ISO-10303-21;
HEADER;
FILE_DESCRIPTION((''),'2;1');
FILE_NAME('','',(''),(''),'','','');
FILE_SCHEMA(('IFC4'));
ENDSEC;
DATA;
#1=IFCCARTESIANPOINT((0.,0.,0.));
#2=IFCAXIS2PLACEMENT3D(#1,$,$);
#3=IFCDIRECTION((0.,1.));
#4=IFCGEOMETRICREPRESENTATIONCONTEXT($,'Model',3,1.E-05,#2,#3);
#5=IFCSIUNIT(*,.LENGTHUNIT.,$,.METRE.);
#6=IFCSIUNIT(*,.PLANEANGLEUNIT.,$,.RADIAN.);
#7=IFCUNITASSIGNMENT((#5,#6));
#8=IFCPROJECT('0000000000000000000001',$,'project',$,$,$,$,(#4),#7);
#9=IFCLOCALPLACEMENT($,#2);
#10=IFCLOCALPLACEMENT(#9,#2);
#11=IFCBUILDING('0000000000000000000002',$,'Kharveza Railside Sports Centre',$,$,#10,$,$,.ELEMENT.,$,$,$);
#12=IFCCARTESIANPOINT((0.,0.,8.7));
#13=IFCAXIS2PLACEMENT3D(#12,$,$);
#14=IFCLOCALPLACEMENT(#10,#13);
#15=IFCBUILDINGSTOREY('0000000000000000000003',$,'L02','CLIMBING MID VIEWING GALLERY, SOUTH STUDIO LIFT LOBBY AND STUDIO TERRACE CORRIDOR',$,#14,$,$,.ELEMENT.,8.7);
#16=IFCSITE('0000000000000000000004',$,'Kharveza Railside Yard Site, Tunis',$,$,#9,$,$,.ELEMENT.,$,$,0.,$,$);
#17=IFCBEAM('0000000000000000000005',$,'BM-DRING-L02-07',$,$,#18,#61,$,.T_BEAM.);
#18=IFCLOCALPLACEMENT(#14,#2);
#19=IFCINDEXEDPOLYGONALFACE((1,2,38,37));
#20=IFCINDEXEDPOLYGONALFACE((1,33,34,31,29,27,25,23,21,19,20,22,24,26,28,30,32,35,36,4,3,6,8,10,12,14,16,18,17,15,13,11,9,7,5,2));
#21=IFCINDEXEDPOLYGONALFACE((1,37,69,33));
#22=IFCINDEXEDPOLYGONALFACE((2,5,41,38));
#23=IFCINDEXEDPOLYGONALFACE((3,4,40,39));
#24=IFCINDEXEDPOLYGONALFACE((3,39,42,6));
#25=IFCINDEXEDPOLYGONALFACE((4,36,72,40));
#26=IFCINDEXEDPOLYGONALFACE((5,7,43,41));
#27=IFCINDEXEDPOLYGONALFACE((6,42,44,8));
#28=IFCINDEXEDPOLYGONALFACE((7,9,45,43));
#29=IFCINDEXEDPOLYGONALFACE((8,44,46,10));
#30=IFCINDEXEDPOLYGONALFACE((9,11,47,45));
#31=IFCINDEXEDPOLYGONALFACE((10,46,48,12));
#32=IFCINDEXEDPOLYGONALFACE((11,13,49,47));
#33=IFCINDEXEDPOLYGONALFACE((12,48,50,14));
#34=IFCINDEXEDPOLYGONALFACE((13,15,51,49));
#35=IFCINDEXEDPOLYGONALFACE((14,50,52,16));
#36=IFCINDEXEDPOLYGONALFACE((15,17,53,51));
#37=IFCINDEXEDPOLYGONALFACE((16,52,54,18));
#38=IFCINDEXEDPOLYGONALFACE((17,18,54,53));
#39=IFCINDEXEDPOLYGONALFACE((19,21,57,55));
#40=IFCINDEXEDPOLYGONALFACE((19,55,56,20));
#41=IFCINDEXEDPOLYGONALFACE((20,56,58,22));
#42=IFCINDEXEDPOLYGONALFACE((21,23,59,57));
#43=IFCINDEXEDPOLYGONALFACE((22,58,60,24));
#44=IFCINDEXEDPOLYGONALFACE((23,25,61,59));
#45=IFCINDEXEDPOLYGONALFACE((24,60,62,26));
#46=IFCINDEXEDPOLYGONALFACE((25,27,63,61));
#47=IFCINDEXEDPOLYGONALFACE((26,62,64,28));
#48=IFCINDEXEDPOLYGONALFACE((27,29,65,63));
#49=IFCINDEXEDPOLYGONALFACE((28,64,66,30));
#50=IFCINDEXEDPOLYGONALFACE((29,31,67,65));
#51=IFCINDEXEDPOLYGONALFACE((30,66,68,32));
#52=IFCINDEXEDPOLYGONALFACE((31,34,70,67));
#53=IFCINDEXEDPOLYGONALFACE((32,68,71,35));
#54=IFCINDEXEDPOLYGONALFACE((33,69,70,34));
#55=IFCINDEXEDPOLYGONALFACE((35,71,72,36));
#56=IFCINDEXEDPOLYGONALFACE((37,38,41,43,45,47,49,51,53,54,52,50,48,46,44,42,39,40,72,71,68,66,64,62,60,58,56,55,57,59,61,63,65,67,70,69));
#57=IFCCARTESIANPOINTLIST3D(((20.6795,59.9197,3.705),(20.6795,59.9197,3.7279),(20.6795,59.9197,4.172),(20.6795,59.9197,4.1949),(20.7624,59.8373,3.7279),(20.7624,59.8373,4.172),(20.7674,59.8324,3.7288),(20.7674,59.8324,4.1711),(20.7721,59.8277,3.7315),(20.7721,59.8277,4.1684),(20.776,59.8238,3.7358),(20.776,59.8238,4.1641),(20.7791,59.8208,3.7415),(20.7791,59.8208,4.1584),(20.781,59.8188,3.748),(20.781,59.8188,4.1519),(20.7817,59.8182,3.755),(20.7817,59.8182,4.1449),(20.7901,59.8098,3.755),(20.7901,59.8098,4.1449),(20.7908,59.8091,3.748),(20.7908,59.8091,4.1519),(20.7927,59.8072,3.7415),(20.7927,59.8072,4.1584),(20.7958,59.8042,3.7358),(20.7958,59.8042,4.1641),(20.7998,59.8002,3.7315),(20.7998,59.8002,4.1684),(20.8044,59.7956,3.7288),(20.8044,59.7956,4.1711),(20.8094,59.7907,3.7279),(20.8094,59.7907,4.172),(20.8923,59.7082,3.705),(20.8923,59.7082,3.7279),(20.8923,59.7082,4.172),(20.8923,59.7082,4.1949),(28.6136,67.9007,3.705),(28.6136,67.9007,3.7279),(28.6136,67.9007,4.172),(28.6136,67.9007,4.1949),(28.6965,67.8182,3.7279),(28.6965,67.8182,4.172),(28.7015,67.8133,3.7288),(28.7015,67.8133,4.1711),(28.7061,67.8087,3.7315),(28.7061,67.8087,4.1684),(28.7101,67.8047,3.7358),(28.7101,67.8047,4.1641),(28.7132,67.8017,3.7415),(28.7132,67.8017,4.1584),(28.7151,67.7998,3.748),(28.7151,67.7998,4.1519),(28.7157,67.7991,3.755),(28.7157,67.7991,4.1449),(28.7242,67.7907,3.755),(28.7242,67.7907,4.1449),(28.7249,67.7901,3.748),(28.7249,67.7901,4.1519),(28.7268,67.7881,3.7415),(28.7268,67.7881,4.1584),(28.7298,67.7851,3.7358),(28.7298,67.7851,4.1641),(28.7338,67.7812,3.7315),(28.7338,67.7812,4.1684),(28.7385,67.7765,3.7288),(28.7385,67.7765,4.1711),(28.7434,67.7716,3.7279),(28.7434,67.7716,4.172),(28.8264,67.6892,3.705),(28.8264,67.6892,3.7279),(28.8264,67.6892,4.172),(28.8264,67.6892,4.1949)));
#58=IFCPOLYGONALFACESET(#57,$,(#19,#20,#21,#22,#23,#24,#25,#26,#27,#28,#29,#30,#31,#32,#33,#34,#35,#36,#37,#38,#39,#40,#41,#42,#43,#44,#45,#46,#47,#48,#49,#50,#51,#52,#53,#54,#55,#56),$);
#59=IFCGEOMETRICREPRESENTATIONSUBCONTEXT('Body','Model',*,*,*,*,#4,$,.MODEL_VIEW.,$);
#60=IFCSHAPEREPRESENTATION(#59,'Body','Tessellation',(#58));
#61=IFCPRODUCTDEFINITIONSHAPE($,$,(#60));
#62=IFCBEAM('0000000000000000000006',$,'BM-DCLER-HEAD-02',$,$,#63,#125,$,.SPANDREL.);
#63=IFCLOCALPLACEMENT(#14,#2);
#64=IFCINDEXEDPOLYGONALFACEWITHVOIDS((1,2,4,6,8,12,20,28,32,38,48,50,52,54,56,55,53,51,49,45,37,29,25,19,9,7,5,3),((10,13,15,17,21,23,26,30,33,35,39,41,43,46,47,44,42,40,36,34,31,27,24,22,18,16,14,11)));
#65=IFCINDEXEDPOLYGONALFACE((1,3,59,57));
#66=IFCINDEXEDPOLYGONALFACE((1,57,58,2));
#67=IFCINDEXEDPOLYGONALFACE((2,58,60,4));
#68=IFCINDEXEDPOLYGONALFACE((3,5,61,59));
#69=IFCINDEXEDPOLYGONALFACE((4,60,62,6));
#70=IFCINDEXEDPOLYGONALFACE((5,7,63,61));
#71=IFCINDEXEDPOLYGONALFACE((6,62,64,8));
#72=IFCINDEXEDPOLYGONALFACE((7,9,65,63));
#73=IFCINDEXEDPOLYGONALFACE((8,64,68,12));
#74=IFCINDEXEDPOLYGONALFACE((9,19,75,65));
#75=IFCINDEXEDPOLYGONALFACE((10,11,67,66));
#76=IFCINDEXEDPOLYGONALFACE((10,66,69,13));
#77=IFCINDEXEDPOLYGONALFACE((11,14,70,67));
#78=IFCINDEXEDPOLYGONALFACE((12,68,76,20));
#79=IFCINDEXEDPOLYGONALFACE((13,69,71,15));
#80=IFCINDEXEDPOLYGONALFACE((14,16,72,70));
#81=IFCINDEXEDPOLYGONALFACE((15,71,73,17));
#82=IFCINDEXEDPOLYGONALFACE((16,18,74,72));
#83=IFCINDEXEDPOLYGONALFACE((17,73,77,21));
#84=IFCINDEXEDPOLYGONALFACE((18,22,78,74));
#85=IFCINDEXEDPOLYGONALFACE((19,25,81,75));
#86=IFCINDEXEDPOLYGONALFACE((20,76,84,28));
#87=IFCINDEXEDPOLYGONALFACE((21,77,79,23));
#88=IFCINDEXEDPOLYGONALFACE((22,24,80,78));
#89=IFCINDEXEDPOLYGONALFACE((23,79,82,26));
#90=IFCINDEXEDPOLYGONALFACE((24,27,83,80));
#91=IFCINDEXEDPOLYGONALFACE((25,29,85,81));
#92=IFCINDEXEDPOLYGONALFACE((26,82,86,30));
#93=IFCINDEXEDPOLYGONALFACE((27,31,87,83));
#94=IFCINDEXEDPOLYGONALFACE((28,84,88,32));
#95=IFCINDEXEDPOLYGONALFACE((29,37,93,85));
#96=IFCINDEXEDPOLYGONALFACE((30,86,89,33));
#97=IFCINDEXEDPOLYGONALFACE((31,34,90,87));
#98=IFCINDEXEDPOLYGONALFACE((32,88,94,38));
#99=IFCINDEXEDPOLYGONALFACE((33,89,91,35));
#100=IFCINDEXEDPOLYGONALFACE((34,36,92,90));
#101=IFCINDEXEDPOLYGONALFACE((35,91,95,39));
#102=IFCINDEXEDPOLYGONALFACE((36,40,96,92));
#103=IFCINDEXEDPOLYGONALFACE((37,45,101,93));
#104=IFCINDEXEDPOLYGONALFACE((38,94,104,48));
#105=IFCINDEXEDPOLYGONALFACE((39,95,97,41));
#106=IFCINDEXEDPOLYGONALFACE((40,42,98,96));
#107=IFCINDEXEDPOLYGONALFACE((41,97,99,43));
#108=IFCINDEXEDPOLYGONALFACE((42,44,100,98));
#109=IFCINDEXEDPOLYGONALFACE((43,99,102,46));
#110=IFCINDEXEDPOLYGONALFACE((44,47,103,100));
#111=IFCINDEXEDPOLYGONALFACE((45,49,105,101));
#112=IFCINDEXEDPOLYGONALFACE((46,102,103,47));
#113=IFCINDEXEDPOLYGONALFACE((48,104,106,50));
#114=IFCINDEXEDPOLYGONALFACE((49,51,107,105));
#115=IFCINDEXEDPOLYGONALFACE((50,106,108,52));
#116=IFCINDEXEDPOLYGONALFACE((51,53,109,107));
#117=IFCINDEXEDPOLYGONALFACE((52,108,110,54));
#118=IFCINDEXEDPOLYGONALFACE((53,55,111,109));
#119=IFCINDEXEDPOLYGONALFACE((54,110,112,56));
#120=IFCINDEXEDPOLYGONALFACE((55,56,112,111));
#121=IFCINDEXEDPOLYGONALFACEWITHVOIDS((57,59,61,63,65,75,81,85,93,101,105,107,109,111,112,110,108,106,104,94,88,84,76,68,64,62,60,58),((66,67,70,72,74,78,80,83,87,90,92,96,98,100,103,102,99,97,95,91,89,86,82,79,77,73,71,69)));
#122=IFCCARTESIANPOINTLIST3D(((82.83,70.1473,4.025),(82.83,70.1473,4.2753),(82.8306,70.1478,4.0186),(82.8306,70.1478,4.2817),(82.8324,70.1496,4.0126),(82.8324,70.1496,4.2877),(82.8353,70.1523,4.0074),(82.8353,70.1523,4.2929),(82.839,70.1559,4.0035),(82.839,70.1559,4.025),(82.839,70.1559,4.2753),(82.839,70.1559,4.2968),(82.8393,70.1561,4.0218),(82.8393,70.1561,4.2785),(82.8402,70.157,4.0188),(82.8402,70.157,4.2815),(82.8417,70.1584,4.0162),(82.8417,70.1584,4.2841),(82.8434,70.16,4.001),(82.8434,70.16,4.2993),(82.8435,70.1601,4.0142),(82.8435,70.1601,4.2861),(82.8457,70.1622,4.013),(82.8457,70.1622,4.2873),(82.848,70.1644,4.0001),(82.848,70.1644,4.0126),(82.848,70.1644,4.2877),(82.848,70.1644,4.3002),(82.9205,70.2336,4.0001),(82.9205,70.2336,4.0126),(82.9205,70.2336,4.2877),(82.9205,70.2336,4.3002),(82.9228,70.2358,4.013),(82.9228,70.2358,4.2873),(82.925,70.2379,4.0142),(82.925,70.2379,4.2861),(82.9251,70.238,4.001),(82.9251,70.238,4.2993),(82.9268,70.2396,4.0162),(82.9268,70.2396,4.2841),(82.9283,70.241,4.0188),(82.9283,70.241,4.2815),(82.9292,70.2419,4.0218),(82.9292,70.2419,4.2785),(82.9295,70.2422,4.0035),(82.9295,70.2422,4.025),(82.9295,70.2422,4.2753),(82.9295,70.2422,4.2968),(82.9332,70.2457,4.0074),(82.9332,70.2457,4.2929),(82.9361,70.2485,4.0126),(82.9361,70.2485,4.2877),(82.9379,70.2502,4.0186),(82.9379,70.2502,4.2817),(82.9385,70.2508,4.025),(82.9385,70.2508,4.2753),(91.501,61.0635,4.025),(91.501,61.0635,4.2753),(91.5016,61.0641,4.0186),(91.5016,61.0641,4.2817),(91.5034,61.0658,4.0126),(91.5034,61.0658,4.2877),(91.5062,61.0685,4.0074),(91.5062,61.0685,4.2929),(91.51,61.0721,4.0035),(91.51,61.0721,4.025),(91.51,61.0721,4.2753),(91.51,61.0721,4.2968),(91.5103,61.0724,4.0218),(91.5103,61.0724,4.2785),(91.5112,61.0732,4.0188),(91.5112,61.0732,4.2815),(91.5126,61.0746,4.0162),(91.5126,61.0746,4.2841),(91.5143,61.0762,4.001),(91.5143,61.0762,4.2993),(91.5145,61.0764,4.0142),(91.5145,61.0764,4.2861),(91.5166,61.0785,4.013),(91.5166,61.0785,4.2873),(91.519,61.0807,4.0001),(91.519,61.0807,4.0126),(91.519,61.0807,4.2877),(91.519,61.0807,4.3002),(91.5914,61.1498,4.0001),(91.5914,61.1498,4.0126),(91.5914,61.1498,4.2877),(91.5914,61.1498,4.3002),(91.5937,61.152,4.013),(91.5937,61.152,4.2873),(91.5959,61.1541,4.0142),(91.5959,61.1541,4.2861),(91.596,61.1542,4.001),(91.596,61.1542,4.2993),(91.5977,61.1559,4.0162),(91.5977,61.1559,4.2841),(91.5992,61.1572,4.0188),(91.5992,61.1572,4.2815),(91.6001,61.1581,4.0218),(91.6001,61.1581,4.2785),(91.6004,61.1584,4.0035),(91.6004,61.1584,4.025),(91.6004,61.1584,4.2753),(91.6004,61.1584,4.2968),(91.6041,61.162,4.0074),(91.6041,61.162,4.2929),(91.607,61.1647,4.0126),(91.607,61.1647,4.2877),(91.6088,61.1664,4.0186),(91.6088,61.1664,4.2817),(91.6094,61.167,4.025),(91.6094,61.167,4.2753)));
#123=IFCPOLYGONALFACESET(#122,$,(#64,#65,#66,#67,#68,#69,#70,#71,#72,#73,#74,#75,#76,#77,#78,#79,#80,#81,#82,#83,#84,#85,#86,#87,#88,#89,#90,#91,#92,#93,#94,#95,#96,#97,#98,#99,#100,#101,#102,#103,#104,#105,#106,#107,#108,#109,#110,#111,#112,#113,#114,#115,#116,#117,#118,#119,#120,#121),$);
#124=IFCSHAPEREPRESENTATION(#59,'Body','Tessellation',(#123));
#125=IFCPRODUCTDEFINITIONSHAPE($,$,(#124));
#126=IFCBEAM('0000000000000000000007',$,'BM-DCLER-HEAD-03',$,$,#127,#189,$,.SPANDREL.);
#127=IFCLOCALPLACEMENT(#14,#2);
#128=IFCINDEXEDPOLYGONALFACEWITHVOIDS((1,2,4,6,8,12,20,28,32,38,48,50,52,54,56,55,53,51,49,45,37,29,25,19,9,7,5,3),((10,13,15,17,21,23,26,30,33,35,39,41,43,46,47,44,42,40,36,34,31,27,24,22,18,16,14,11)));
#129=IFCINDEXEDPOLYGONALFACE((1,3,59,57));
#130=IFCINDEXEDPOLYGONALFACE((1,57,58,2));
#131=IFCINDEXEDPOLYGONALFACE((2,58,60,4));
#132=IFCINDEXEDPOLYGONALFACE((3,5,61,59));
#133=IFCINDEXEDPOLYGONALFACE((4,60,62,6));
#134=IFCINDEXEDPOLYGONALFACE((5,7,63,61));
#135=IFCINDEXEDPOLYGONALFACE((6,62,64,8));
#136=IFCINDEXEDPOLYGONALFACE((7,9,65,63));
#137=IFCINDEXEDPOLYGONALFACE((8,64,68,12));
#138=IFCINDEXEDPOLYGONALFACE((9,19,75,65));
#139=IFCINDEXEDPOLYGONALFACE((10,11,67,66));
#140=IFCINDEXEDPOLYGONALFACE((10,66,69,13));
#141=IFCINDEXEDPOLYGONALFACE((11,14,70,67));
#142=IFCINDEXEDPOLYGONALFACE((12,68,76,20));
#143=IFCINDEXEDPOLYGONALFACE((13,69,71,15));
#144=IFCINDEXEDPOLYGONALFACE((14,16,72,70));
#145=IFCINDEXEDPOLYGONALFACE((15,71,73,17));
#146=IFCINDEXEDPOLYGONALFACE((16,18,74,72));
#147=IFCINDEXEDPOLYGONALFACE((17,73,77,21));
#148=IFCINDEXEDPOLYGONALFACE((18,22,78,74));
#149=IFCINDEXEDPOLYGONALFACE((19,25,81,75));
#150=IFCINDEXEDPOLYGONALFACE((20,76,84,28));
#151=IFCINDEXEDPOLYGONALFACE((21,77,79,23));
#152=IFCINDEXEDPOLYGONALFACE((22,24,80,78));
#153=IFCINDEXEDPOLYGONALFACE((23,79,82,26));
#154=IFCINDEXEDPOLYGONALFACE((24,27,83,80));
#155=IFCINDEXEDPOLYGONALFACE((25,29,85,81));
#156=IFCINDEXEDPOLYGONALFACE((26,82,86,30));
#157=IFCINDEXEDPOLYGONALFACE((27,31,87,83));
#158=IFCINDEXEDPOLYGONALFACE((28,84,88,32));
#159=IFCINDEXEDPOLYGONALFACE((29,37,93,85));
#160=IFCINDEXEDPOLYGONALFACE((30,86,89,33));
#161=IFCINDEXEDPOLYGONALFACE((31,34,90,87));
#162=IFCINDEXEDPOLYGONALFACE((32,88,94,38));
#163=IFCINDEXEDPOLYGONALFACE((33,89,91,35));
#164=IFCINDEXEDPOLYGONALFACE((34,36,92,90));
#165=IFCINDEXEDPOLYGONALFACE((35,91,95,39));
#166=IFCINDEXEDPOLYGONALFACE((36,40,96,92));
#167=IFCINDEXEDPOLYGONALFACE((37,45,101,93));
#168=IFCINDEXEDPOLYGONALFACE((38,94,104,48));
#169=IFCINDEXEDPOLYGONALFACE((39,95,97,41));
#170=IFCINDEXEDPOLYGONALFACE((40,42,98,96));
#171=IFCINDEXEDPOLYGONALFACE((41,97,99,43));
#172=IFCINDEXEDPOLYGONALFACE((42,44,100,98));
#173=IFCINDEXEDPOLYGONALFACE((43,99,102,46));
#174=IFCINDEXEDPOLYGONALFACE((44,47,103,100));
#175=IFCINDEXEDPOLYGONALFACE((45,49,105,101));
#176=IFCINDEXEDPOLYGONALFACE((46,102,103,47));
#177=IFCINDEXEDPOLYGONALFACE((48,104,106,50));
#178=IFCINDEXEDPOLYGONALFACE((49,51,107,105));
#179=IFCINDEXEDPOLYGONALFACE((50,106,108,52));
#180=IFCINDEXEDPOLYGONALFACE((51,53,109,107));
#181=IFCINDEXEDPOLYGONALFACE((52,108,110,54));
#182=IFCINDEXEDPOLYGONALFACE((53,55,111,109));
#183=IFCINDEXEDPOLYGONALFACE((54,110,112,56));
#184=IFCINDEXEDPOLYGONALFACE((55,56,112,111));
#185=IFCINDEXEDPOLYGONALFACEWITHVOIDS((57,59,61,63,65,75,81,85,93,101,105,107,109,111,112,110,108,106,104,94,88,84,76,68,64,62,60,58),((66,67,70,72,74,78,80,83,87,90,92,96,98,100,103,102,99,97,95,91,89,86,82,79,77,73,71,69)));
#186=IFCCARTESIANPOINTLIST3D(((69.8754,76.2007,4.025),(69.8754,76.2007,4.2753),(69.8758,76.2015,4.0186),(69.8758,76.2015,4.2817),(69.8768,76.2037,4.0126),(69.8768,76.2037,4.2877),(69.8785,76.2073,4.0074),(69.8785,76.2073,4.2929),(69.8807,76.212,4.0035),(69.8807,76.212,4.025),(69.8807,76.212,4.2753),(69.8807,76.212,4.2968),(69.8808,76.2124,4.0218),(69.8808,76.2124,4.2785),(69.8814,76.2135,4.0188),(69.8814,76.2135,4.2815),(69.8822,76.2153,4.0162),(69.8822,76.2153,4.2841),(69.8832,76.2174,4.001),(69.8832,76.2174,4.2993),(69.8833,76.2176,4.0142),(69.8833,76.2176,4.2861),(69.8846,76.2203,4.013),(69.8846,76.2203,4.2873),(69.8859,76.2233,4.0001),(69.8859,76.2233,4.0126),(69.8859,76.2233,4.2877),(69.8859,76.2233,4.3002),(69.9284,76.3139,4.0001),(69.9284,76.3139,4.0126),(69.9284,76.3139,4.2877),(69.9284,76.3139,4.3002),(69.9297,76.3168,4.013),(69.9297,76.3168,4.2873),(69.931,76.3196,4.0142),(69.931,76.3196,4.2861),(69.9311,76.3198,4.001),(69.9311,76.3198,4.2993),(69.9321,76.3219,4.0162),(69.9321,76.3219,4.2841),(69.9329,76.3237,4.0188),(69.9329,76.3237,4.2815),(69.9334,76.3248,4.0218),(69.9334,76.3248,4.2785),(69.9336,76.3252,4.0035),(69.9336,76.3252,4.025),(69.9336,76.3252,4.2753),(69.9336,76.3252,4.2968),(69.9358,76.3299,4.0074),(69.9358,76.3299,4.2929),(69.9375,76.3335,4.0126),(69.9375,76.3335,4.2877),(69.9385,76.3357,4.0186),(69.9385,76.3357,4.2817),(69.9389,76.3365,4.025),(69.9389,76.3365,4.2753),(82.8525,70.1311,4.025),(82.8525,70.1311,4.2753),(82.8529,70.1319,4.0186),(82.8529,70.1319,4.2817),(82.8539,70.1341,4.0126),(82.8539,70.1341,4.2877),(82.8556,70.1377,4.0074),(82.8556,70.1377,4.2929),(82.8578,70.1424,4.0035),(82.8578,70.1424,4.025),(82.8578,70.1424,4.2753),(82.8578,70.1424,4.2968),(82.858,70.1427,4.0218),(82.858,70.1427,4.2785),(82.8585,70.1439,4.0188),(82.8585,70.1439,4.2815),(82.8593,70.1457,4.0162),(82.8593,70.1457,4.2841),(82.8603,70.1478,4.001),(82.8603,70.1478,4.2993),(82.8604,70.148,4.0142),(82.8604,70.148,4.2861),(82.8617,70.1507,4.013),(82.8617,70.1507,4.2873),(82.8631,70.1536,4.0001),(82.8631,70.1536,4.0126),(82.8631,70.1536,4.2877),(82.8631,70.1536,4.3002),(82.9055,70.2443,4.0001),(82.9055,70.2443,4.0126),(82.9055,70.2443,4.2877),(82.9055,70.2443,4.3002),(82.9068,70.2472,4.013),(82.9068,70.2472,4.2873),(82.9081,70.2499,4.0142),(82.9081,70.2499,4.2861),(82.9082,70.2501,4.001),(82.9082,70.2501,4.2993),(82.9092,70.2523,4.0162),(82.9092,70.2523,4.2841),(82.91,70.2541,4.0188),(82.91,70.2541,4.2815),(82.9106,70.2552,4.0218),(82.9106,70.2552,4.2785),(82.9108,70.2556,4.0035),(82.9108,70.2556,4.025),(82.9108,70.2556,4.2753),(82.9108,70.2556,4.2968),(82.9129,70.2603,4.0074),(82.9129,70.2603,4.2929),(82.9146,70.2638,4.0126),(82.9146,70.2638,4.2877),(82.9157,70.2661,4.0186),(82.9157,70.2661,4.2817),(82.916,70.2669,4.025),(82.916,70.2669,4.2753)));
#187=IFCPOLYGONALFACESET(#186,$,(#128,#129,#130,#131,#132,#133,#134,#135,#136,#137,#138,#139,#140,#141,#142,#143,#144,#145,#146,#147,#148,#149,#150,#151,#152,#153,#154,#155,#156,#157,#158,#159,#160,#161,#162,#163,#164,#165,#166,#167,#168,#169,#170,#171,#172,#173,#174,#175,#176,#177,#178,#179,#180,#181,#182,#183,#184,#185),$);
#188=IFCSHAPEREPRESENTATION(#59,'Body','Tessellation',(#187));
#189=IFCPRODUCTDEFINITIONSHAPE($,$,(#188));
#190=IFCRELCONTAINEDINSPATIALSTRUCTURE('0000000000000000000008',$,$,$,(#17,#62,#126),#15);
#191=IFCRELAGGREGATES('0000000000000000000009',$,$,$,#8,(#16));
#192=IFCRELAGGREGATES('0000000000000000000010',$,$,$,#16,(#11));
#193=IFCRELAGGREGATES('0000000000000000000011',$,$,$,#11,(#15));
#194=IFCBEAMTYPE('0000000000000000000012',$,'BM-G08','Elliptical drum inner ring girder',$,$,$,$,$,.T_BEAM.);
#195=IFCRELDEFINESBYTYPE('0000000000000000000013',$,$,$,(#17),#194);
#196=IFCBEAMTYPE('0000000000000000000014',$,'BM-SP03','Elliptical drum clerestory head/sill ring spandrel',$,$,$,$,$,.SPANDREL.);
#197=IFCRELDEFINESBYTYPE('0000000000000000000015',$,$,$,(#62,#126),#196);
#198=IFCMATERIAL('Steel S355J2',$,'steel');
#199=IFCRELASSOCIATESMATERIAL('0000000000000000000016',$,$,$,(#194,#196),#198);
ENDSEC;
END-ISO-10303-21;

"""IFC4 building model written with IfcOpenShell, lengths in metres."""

from ifc_helpers import new_model, si_unit, direction, frame, origin, origin_2d, place, context, subcontext, project, spatial, hollow_rectangle, i_section, extrude, material, material_profile, profile_set, type_object, element, save


model = new_model("IFC4")

# Units and contexts
model_context = context("Model", 3, precision=1e-05, world=origin(), true_north=direction((0.0, 1.0)))
body_context = subcontext(model_context, "Body", "Model", "MODEL_VIEW")
ifc_project = project(units=[si_unit("LENGTHUNIT", "METRE"), si_unit("PLANEANGLEUNIT", "RADIAN")], contexts=[model_context])

# Site, building, storey
site_placement = place(None, origin())
site = spatial("IfcSite", under=ifc_project, at=site_placement, Name="Kharveza Railside Yard Site, Tunis", CompositionType="ELEMENT", RefElevation=0.0)
building_placement = place(site_placement, origin())
building = spatial("IfcBuilding", under=site, at=building_placement, Name="Kharveza Railside Sports Centre", CompositionType="ELEMENT")
storey_placement = place(building_placement, frame((0.0, 0.0, 8.7)))
storey = spatial("IfcBuildingStorey", under=building, at=storey_placement, Name="L02", Description="CLIMBING MID VIEWING GALLERY, SOUTH STUDIO LIFT LOBBY AND STUDIO TERRACE CORRIDOR", CompositionType="ELEMENT", Elevation=8.7)

# Shared definitions
ifc_material_1 = material(Name="Steel S355J2", Category="steel")

# Beams
ifc_material_profile_1 = material_profile(ifc_material_1, i_section(OverallWidth=0.3, OverallDepth=0.49, WebThickness=0.012, FlangeThickness=0.0229, FilletRadius=0.0271, at=origin_2d()), Name="HEA 500")
ifc_profile_set_1 = profile_set([ifc_material_profile_1], Name="Steel S355J2")
beam_type_1 = type_object("IfcBeamType", Name="BM-G08", Description="Elliptical drum inner ring girder", PredefinedType="T_BEAM", material=ifc_profile_set_1)
beam_1_placement = place(storey_placement, frame((28.72, 67.7949, 3.95), z_axis=(-0.705021, -0.709186, 0.0), x_axis=(0.709186, -0.705021, 0.0)))
element("IfcBeam", 1, at=beam_1_placement, inside=storey, type_object=beam_type_1, Name="BM-DRING-L02-07", PredefinedType="T_BEAM", context=body_context, shape_type="SweptSolid", body=[
    extrude(i_section(OverallWidth=0.3, OverallDepth=0.49, WebThickness=0.012, FlangeThickness=0.0229, FilletRadius=0.0271, at=origin_2d()), origin(), (0.0, 0.0, 1.0), 11.2537),
])
ifc_material_profile_2 = material_profile(ifc_material_1, hollow_rectangle(XDim=0.1499, YDim=0.3, WallThickness=0.0125, InnerFilletRadius=0.0125, OuterFilletRadius=0.0249, at=origin_2d()), Name="RHS 150x300x12.5")
ifc_profile_set_2 = profile_set([ifc_material_profile_2], Name="Steel S355J2")
beam_type_2 = type_object("IfcBeamType", Name="BM-SP03", Description="Elliptical drum clerestory head/sill ring spandrel", PredefinedType="SPANDREL", material=ifc_profile_set_2)
beam_2_placement = place(storey_placement, frame((91.5552, 61.1152, 4.1501), z_axis=(-0.690478, 0.723353, 0.0), x_axis=(-0.723353, -0.690478, 0.0)))
element("IfcBeam", 2, at=beam_2_placement, inside=storey, type_object=beam_type_2, Name="BM-DCLER-HEAD-02", PredefinedType="SPANDREL", context=body_context, shape_type="SweptSolid", body=[
    extrude(hollow_rectangle(XDim=0.1499, YDim=0.3, WallThickness=0.0125, InnerFilletRadius=0.0125, OuterFilletRadius=0.0249, at=origin_2d()), origin(), (0.0, 0.0, 1.0), 12.5579),
])
beam_3_placement = place(storey_placement, frame((82.8843, 70.199, 4.1501), z_axis=(-0.905818, 0.423666, 0.0), x_axis=(-0.423666, -0.905818, 0.0)))
element("IfcBeam", 3, at=beam_3_placement, inside=storey, type_object=beam_type_2, Name="BM-DCLER-HEAD-03", PredefinedType="SPANDREL", context=body_context, shape_type="SweptSolid", body=[
    extrude(hollow_rectangle(XDim=0.1499, YDim=0.3, WallThickness=0.0125, InnerFilletRadius=0.0125, OuterFilletRadius=0.0249, at=origin_2d()), origin(), (0.0, 0.0, 1.0), 14.3264),
])

save(model, "model.ifc")
